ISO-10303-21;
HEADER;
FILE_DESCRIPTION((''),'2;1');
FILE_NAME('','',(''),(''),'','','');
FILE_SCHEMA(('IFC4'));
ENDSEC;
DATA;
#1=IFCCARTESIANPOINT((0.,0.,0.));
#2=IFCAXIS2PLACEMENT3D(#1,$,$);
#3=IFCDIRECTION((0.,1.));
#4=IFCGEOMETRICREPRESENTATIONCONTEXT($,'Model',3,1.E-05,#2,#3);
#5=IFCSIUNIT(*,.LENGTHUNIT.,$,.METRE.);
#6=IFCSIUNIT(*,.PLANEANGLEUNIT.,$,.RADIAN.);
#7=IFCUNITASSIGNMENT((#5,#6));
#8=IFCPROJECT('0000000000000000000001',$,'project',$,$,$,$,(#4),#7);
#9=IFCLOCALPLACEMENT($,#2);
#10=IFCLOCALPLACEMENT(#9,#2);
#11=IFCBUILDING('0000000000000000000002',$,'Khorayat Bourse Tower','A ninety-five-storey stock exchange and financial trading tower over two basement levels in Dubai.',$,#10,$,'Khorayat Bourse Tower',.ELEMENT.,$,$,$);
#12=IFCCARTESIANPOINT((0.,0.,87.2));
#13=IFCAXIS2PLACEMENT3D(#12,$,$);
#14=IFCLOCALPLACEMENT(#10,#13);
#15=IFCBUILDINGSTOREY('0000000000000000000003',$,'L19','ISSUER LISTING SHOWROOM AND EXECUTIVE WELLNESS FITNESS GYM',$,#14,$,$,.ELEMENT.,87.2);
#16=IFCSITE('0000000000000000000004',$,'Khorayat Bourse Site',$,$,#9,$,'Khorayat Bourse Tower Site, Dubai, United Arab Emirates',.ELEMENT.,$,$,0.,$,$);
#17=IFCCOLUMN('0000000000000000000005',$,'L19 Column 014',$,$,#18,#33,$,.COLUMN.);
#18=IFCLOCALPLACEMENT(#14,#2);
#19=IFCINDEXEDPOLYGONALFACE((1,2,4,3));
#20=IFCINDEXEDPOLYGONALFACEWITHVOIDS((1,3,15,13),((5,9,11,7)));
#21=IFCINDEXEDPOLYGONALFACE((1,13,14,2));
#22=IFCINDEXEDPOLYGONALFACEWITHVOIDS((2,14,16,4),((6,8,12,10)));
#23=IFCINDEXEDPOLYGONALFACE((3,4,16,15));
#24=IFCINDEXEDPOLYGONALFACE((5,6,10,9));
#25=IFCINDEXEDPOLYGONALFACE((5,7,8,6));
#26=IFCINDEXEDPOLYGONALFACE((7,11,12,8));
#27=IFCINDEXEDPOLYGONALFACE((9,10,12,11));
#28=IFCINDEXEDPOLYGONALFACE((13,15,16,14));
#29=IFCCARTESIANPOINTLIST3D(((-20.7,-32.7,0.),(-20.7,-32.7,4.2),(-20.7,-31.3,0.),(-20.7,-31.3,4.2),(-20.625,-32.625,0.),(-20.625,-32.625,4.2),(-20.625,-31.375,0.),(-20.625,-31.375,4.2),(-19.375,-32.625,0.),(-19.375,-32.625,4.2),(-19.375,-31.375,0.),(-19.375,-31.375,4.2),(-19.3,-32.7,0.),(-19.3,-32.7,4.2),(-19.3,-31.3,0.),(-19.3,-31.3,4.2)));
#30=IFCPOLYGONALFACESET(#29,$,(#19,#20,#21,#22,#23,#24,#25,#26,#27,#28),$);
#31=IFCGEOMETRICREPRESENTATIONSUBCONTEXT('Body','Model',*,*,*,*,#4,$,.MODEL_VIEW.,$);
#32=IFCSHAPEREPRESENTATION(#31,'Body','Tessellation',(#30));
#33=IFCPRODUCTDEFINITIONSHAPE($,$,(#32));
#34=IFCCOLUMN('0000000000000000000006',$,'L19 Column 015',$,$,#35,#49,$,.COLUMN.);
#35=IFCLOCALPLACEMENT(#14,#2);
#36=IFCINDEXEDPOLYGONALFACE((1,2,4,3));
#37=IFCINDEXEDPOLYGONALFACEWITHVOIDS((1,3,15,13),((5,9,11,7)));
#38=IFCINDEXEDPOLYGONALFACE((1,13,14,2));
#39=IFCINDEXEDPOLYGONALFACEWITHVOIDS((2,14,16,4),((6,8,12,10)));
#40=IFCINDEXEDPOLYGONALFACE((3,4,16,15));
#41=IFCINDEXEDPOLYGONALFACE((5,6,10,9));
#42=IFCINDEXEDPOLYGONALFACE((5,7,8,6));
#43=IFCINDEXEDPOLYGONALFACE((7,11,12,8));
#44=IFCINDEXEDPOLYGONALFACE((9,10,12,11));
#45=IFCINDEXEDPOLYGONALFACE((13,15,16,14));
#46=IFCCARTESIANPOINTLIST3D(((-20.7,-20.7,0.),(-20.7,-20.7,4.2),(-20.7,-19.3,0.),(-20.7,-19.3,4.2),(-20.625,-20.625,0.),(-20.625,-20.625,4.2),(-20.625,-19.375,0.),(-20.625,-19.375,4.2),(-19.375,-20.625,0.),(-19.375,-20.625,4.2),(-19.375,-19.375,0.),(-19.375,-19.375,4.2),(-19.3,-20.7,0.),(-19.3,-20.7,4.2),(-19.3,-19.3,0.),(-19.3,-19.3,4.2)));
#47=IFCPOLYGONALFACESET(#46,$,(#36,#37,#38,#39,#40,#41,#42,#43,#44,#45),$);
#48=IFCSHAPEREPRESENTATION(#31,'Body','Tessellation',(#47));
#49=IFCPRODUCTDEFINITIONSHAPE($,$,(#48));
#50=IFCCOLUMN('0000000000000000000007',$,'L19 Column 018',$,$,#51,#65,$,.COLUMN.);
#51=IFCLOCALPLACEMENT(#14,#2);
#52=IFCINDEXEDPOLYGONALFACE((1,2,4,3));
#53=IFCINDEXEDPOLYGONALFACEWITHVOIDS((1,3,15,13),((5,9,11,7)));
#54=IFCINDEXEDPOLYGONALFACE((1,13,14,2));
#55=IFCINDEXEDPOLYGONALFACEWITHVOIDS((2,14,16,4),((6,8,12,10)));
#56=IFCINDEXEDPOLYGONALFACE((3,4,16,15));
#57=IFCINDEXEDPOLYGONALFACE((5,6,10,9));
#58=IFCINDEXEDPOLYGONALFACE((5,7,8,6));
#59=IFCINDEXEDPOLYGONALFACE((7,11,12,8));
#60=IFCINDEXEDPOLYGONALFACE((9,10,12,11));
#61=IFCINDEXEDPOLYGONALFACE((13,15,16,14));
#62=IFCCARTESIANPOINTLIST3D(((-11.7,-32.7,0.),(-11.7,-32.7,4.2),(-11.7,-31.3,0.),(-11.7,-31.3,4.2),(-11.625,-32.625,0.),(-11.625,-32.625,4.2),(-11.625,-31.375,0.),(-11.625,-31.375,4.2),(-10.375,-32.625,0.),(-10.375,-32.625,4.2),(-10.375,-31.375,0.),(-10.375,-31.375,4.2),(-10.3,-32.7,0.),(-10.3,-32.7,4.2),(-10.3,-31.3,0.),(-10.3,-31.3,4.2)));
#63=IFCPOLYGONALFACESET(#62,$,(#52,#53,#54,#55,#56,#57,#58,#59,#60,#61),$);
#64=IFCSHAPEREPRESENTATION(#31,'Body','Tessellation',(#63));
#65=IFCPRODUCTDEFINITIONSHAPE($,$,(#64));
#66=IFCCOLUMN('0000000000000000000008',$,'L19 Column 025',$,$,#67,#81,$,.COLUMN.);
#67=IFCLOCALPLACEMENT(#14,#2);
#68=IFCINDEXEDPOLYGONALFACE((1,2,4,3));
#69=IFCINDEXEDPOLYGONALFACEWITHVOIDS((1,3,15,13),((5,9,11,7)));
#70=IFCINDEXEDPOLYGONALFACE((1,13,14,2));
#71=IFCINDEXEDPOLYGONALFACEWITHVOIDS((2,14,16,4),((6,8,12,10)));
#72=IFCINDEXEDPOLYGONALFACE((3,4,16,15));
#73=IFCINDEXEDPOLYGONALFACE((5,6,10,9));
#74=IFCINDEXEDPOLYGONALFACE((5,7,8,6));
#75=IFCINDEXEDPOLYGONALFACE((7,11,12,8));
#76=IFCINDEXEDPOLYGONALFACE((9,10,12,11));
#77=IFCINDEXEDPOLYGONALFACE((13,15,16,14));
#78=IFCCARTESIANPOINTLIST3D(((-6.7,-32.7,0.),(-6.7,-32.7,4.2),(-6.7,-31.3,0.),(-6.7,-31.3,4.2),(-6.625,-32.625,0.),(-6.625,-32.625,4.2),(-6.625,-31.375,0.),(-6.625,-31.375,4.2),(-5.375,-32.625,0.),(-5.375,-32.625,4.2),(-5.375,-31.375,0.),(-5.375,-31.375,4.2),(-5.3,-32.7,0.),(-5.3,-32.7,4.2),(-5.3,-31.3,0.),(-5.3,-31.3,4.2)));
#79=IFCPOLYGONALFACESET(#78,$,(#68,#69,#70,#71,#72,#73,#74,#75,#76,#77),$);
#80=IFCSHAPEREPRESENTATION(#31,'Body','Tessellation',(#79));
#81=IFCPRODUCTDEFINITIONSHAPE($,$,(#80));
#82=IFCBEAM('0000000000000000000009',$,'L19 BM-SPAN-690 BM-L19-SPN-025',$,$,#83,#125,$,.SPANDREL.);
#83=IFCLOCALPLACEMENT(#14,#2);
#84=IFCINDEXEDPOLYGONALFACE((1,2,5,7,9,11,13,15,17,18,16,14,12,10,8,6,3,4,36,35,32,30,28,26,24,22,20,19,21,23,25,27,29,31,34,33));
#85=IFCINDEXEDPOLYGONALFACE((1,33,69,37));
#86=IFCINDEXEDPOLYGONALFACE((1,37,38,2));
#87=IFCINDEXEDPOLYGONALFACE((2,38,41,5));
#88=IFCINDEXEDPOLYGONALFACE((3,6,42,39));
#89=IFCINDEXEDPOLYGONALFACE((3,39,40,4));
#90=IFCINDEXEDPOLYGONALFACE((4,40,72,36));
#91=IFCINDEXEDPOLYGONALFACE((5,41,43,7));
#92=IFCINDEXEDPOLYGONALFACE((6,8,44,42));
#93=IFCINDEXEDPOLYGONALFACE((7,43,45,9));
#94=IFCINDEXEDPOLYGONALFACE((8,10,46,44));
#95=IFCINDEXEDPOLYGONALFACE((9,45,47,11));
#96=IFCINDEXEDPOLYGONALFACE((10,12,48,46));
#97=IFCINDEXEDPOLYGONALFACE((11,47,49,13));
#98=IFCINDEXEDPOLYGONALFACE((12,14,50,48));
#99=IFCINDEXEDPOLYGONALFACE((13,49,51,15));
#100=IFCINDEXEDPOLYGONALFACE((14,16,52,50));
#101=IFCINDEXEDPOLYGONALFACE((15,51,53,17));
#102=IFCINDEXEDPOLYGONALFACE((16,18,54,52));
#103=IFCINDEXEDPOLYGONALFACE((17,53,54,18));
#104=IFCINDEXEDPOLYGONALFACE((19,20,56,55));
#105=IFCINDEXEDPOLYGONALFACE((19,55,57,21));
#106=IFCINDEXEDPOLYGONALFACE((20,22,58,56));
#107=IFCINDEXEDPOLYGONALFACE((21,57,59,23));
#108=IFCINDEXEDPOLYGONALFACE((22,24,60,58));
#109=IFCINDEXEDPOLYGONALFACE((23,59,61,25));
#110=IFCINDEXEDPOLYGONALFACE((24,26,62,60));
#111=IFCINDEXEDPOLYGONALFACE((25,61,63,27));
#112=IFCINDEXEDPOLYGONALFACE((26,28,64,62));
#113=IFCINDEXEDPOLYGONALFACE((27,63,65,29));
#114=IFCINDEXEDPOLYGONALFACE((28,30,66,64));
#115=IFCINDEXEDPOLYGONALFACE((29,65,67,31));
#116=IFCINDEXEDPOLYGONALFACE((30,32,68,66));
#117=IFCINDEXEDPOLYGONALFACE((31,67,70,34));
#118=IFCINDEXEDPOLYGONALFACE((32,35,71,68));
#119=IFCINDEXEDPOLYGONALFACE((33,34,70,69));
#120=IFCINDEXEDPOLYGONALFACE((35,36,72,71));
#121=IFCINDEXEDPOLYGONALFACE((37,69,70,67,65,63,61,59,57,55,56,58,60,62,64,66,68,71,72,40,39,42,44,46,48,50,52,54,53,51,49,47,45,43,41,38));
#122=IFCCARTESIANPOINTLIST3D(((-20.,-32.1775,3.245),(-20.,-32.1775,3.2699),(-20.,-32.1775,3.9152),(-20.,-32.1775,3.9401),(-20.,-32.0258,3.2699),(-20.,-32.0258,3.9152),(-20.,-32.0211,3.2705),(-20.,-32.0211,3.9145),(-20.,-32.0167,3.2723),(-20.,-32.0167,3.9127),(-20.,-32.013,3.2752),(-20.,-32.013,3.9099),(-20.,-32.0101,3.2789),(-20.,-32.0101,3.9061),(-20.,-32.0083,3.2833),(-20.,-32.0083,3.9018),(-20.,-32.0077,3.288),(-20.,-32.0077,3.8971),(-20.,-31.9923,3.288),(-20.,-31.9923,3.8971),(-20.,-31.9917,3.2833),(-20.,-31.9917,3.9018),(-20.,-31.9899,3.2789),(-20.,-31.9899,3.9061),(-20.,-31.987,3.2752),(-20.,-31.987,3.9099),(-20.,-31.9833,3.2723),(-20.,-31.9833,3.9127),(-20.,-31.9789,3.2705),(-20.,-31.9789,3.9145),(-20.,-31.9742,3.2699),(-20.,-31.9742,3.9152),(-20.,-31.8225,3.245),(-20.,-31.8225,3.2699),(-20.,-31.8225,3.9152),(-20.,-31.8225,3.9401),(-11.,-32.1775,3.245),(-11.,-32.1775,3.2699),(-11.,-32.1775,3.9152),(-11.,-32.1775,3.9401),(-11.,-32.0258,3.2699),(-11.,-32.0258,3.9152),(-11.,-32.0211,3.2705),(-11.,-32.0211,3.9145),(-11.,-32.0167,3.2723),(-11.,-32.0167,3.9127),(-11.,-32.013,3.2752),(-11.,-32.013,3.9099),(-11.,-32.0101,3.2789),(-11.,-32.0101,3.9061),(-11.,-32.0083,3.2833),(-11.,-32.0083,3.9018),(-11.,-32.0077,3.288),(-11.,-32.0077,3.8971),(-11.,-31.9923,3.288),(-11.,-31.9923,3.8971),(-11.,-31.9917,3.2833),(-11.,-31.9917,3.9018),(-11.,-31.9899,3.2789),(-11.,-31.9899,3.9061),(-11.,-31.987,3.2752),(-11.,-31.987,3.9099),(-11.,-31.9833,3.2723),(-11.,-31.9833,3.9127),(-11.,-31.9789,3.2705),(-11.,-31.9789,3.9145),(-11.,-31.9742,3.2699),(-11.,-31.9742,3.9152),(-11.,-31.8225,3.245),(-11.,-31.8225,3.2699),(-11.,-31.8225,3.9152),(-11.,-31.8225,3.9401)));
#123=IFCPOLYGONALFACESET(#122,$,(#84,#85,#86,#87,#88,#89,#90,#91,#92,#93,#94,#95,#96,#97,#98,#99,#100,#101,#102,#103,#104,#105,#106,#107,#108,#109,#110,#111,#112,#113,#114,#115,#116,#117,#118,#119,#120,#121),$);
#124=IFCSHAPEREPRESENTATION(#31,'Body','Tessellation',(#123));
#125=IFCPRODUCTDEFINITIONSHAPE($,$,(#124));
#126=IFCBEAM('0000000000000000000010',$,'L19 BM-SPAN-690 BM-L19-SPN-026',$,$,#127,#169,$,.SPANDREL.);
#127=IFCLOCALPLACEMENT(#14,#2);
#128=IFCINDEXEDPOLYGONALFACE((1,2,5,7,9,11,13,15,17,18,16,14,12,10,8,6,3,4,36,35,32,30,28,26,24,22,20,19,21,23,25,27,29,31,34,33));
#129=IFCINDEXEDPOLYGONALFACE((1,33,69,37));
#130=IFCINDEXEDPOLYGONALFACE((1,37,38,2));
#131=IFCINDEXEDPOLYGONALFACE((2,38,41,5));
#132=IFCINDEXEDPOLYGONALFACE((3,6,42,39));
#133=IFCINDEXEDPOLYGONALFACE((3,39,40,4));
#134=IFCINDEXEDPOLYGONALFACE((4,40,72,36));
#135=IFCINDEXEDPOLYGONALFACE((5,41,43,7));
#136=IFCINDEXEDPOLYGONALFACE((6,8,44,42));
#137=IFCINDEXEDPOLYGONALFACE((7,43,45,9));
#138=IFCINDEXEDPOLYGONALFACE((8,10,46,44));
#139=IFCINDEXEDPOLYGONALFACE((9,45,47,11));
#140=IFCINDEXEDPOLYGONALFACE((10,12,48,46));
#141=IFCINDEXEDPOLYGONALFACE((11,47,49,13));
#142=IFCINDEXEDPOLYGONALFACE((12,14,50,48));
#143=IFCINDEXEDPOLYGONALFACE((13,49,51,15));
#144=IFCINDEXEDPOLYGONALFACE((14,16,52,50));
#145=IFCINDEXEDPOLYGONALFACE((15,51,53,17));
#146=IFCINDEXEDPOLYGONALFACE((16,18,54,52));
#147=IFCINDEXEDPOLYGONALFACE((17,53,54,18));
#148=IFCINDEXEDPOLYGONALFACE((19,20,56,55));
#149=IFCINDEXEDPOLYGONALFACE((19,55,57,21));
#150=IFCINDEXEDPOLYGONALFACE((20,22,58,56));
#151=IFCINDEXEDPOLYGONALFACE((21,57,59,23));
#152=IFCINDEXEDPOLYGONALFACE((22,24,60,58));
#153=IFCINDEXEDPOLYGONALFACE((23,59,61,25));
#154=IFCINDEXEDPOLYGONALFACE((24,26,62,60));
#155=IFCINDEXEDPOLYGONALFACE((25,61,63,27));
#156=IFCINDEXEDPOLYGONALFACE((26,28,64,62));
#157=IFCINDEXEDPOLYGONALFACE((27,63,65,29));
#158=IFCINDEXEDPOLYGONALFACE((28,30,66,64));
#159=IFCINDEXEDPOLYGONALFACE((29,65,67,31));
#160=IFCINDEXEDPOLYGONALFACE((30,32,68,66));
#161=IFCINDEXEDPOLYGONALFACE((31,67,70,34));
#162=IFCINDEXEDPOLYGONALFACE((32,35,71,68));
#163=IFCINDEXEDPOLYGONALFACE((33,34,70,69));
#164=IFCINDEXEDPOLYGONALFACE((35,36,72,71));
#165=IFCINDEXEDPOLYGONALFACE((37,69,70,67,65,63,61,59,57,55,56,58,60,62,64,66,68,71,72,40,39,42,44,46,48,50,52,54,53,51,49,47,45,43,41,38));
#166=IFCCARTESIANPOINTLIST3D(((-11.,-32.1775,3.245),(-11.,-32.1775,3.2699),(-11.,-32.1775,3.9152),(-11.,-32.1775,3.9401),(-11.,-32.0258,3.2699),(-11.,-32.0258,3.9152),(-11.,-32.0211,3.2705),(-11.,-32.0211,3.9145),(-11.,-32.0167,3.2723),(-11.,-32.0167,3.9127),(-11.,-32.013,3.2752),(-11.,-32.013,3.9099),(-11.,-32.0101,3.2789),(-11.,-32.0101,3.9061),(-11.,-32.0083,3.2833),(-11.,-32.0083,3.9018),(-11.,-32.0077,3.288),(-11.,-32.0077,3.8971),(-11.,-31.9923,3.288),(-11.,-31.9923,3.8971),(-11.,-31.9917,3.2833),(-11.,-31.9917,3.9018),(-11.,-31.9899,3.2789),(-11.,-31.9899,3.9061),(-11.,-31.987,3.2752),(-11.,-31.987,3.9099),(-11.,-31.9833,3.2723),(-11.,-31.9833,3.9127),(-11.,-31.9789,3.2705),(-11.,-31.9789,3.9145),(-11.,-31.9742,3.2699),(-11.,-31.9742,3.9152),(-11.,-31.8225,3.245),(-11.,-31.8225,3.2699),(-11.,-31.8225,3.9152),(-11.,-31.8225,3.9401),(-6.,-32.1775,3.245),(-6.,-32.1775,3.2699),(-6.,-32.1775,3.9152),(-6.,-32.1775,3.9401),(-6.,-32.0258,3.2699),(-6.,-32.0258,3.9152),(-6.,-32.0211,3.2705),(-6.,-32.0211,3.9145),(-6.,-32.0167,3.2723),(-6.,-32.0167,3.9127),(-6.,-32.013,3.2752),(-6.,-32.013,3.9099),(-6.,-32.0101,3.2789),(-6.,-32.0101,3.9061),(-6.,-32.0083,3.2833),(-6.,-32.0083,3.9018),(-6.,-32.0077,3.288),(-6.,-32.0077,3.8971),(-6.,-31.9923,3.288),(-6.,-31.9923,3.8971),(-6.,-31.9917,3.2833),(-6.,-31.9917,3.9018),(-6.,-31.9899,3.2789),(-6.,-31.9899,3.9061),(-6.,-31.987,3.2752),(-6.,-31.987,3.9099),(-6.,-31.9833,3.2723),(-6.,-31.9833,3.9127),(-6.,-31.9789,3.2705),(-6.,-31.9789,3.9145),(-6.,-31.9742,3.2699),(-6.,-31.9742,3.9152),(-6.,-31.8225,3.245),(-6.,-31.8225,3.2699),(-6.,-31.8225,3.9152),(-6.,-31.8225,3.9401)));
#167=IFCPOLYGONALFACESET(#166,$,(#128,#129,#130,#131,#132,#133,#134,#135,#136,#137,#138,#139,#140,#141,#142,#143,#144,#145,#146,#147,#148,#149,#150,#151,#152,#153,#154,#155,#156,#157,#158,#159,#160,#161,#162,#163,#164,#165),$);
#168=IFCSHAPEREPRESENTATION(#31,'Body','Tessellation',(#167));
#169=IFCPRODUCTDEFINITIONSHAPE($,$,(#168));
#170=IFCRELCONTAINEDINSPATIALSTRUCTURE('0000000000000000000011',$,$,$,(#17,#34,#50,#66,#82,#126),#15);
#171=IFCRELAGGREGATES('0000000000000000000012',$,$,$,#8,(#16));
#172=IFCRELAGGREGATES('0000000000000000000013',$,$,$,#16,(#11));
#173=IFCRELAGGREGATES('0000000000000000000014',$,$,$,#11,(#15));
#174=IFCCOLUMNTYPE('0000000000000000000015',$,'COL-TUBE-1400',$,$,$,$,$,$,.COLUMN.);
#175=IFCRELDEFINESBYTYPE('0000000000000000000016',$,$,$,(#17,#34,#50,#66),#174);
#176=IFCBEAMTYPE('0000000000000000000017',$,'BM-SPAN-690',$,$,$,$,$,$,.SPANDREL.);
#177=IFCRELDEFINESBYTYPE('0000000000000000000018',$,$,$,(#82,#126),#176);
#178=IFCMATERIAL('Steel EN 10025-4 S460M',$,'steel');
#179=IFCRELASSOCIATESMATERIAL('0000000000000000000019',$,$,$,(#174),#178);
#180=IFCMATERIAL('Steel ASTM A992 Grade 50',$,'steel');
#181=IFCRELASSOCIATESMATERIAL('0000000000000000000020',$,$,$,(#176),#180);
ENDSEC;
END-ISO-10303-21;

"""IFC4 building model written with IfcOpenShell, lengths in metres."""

from ifc_helpers import new_model, si_unit, direction, frame, origin, origin_2d, place, context, subcontext, project, spatial, hollow_rectangle, i_section, extrude, source, transform, mapped, material, material_profile, profile_set, type_object, element, save


model = new_model("IFC4")

# Units and contexts
model_context = context("Model", 3, precision=1e-05, world=origin(), true_north=direction((0.0, 1.0)))
body_context = subcontext(model_context, "Body", "Model", "MODEL_VIEW")
ifc_project = project(units=[si_unit("LENGTHUNIT", "METRE"), si_unit("PLANEANGLEUNIT", "RADIAN")], contexts=[model_context])

# Site, building, storey
site_placement = place(None, origin())
site = spatial("IfcSite", under=ifc_project, at=site_placement, Name="Khorayat Bourse Site", LongName="Khorayat Bourse Tower Site, Dubai, United Arab Emirates", CompositionType="ELEMENT", RefElevation=0.0)
building_placement = place(site_placement, origin())
building = spatial("IfcBuilding", under=site, at=building_placement, Name="Khorayat Bourse Tower", Description="A ninety-five-storey stock exchange and financial trading tower over two basement levels in Dubai.", LongName="Khorayat Bourse Tower", CompositionType="ELEMENT")
storey_placement = place(building_placement, frame((0.0, 0.0, 87.2)))
storey = spatial("IfcBuildingStorey", under=building, at=storey_placement, Name="L19", Description="ISSUER LISTING SHOWROOM AND EXECUTIVE WELLNESS FITNESS GYM", CompositionType="ELEMENT", Elevation=87.2)

# Columns
ifc_material_1 = material(Name="Steel EN 10025-4 S460M", Category="steel")
ifc_material_profile_1 = material_profile(ifc_material_1, hollow_rectangle(XDim=1.3999, YDim=1.3999, WallThickness=0.075, at=origin_2d()), Name="BOX 1400x1400x75")
ifc_profile_set_1 = profile_set([ifc_material_profile_1], Name="Steel EN 10025-4 S460M")
column_type = type_object("IfcColumnType", Name="COL-TUBE-1400", PredefinedType="COLUMN", material=ifc_profile_set_1)
shared_shape_1 = source(origin(), body_context, "Body", "SweptSolid", [
    extrude(hollow_rectangle(XDim=1.3999, YDim=1.3999, WallThickness=0.075, at=origin_2d()), origin(), (0.0, 0.0, 1.0), 4.2),
])
for number, where, z_axis, x_axis, name in (
    (1, (-20.0, -32.0, 0.0), (0.0, 0.0, 1.0), (1.0, 0.0, 0.0), "L19 Column 014"),
    (2, (-20.0, -20.0, 0.0), (0.0, 0.0, 1.0), (1.0, 0.0, 0.0), "L19 Column 015"),
    (3, (-11.0, -32.0, 0.0), (0.0, 0.0, 1.0), (1.0, 0.0, 0.0), "L19 Column 018"),
    (4, (-6.0, -32.0, 0.0), (0.0, 0.0, 1.0), (1.0, 0.0, 0.0), "L19 Column 025"),
):
    element("IfcColumn", number, at=place(storey_placement, frame(where, z_axis=z_axis, x_axis=x_axis)), inside=storey, type_object=column_type, Name=name, PredefinedType="COLUMN", context=body_context, shape_type="MappedRepresentation", body=[
        mapped(shared_shape_1, transform((0.0, 0.0, 0.0), scale=1.0)),
    ])

# Beams
ifc_material_2 = material(Name="Steel ASTM A992 Grade 50", Category="steel")
ifc_material_profile_2 = material_profile(ifc_material_2, i_section(OverallWidth=0.355, OverallDepth=0.6951, WebThickness=0.0154, FlangeThickness=0.0249, FilletRadius=0.0181, at=origin_2d()), Name="W690X217")
ifc_profile_set_2 = profile_set([ifc_material_profile_2], Name="Steel ASTM A992 Grade 50")
beam_type_1 = type_object("IfcBeamType", Name="BM-SPAN-690", PredefinedType="SPANDREL", material=ifc_profile_set_2)
shared_shape_2 = source(origin(), body_context, "Body", "SweptSolid", [
    extrude(i_section(OverallWidth=0.355, OverallDepth=0.6951, WebThickness=0.0154, FlangeThickness=0.0249, FilletRadius=0.0181, at=origin_2d()), origin(), (0.0, 0.0, 1.0), 9.0),
])
beam_1_placement = place(storey_placement, frame((-20.0, -32.0, 3.5925), z_axis=(1.0, 0.0, 0.0), x_axis=(0.0, 1.0, 0.0)))
element("IfcBeam", 5, at=beam_1_placement, inside=storey, type_object=beam_type_1, Name="L19 BM-SPAN-690 BM-L19-SPN-025", PredefinedType="SPANDREL", context=body_context, shape_type="MappedRepresentation", body=[
    mapped(shared_shape_2, transform((0.0, 0.0, 0.0), scale=1.0)),
])
shared_shape_3 = source(origin(), body_context, "Body", "SweptSolid", [
    extrude(i_section(OverallWidth=0.355, OverallDepth=0.6951, WebThickness=0.0154, FlangeThickness=0.0249, FilletRadius=0.0181, at=origin_2d()), origin(), (0.0, 0.0, 1.0), 5.0),
])
beam_2_placement = place(storey_placement, frame((-11.0, -32.0, 3.5925), z_axis=(1.0, 0.0, 0.0), x_axis=(0.0, 1.0, 0.0)))
element("IfcBeam", 6, at=beam_2_placement, inside=storey, type_object=beam_type_1, Name="L19 BM-SPAN-690 BM-L19-SPN-026", PredefinedType="SPANDREL", context=body_context, shape_type="MappedRepresentation", body=[
    mapped(shared_shape_3, transform((0.0, 0.0, 0.0), scale=1.0)),
])

save(model, "model.ifc")
